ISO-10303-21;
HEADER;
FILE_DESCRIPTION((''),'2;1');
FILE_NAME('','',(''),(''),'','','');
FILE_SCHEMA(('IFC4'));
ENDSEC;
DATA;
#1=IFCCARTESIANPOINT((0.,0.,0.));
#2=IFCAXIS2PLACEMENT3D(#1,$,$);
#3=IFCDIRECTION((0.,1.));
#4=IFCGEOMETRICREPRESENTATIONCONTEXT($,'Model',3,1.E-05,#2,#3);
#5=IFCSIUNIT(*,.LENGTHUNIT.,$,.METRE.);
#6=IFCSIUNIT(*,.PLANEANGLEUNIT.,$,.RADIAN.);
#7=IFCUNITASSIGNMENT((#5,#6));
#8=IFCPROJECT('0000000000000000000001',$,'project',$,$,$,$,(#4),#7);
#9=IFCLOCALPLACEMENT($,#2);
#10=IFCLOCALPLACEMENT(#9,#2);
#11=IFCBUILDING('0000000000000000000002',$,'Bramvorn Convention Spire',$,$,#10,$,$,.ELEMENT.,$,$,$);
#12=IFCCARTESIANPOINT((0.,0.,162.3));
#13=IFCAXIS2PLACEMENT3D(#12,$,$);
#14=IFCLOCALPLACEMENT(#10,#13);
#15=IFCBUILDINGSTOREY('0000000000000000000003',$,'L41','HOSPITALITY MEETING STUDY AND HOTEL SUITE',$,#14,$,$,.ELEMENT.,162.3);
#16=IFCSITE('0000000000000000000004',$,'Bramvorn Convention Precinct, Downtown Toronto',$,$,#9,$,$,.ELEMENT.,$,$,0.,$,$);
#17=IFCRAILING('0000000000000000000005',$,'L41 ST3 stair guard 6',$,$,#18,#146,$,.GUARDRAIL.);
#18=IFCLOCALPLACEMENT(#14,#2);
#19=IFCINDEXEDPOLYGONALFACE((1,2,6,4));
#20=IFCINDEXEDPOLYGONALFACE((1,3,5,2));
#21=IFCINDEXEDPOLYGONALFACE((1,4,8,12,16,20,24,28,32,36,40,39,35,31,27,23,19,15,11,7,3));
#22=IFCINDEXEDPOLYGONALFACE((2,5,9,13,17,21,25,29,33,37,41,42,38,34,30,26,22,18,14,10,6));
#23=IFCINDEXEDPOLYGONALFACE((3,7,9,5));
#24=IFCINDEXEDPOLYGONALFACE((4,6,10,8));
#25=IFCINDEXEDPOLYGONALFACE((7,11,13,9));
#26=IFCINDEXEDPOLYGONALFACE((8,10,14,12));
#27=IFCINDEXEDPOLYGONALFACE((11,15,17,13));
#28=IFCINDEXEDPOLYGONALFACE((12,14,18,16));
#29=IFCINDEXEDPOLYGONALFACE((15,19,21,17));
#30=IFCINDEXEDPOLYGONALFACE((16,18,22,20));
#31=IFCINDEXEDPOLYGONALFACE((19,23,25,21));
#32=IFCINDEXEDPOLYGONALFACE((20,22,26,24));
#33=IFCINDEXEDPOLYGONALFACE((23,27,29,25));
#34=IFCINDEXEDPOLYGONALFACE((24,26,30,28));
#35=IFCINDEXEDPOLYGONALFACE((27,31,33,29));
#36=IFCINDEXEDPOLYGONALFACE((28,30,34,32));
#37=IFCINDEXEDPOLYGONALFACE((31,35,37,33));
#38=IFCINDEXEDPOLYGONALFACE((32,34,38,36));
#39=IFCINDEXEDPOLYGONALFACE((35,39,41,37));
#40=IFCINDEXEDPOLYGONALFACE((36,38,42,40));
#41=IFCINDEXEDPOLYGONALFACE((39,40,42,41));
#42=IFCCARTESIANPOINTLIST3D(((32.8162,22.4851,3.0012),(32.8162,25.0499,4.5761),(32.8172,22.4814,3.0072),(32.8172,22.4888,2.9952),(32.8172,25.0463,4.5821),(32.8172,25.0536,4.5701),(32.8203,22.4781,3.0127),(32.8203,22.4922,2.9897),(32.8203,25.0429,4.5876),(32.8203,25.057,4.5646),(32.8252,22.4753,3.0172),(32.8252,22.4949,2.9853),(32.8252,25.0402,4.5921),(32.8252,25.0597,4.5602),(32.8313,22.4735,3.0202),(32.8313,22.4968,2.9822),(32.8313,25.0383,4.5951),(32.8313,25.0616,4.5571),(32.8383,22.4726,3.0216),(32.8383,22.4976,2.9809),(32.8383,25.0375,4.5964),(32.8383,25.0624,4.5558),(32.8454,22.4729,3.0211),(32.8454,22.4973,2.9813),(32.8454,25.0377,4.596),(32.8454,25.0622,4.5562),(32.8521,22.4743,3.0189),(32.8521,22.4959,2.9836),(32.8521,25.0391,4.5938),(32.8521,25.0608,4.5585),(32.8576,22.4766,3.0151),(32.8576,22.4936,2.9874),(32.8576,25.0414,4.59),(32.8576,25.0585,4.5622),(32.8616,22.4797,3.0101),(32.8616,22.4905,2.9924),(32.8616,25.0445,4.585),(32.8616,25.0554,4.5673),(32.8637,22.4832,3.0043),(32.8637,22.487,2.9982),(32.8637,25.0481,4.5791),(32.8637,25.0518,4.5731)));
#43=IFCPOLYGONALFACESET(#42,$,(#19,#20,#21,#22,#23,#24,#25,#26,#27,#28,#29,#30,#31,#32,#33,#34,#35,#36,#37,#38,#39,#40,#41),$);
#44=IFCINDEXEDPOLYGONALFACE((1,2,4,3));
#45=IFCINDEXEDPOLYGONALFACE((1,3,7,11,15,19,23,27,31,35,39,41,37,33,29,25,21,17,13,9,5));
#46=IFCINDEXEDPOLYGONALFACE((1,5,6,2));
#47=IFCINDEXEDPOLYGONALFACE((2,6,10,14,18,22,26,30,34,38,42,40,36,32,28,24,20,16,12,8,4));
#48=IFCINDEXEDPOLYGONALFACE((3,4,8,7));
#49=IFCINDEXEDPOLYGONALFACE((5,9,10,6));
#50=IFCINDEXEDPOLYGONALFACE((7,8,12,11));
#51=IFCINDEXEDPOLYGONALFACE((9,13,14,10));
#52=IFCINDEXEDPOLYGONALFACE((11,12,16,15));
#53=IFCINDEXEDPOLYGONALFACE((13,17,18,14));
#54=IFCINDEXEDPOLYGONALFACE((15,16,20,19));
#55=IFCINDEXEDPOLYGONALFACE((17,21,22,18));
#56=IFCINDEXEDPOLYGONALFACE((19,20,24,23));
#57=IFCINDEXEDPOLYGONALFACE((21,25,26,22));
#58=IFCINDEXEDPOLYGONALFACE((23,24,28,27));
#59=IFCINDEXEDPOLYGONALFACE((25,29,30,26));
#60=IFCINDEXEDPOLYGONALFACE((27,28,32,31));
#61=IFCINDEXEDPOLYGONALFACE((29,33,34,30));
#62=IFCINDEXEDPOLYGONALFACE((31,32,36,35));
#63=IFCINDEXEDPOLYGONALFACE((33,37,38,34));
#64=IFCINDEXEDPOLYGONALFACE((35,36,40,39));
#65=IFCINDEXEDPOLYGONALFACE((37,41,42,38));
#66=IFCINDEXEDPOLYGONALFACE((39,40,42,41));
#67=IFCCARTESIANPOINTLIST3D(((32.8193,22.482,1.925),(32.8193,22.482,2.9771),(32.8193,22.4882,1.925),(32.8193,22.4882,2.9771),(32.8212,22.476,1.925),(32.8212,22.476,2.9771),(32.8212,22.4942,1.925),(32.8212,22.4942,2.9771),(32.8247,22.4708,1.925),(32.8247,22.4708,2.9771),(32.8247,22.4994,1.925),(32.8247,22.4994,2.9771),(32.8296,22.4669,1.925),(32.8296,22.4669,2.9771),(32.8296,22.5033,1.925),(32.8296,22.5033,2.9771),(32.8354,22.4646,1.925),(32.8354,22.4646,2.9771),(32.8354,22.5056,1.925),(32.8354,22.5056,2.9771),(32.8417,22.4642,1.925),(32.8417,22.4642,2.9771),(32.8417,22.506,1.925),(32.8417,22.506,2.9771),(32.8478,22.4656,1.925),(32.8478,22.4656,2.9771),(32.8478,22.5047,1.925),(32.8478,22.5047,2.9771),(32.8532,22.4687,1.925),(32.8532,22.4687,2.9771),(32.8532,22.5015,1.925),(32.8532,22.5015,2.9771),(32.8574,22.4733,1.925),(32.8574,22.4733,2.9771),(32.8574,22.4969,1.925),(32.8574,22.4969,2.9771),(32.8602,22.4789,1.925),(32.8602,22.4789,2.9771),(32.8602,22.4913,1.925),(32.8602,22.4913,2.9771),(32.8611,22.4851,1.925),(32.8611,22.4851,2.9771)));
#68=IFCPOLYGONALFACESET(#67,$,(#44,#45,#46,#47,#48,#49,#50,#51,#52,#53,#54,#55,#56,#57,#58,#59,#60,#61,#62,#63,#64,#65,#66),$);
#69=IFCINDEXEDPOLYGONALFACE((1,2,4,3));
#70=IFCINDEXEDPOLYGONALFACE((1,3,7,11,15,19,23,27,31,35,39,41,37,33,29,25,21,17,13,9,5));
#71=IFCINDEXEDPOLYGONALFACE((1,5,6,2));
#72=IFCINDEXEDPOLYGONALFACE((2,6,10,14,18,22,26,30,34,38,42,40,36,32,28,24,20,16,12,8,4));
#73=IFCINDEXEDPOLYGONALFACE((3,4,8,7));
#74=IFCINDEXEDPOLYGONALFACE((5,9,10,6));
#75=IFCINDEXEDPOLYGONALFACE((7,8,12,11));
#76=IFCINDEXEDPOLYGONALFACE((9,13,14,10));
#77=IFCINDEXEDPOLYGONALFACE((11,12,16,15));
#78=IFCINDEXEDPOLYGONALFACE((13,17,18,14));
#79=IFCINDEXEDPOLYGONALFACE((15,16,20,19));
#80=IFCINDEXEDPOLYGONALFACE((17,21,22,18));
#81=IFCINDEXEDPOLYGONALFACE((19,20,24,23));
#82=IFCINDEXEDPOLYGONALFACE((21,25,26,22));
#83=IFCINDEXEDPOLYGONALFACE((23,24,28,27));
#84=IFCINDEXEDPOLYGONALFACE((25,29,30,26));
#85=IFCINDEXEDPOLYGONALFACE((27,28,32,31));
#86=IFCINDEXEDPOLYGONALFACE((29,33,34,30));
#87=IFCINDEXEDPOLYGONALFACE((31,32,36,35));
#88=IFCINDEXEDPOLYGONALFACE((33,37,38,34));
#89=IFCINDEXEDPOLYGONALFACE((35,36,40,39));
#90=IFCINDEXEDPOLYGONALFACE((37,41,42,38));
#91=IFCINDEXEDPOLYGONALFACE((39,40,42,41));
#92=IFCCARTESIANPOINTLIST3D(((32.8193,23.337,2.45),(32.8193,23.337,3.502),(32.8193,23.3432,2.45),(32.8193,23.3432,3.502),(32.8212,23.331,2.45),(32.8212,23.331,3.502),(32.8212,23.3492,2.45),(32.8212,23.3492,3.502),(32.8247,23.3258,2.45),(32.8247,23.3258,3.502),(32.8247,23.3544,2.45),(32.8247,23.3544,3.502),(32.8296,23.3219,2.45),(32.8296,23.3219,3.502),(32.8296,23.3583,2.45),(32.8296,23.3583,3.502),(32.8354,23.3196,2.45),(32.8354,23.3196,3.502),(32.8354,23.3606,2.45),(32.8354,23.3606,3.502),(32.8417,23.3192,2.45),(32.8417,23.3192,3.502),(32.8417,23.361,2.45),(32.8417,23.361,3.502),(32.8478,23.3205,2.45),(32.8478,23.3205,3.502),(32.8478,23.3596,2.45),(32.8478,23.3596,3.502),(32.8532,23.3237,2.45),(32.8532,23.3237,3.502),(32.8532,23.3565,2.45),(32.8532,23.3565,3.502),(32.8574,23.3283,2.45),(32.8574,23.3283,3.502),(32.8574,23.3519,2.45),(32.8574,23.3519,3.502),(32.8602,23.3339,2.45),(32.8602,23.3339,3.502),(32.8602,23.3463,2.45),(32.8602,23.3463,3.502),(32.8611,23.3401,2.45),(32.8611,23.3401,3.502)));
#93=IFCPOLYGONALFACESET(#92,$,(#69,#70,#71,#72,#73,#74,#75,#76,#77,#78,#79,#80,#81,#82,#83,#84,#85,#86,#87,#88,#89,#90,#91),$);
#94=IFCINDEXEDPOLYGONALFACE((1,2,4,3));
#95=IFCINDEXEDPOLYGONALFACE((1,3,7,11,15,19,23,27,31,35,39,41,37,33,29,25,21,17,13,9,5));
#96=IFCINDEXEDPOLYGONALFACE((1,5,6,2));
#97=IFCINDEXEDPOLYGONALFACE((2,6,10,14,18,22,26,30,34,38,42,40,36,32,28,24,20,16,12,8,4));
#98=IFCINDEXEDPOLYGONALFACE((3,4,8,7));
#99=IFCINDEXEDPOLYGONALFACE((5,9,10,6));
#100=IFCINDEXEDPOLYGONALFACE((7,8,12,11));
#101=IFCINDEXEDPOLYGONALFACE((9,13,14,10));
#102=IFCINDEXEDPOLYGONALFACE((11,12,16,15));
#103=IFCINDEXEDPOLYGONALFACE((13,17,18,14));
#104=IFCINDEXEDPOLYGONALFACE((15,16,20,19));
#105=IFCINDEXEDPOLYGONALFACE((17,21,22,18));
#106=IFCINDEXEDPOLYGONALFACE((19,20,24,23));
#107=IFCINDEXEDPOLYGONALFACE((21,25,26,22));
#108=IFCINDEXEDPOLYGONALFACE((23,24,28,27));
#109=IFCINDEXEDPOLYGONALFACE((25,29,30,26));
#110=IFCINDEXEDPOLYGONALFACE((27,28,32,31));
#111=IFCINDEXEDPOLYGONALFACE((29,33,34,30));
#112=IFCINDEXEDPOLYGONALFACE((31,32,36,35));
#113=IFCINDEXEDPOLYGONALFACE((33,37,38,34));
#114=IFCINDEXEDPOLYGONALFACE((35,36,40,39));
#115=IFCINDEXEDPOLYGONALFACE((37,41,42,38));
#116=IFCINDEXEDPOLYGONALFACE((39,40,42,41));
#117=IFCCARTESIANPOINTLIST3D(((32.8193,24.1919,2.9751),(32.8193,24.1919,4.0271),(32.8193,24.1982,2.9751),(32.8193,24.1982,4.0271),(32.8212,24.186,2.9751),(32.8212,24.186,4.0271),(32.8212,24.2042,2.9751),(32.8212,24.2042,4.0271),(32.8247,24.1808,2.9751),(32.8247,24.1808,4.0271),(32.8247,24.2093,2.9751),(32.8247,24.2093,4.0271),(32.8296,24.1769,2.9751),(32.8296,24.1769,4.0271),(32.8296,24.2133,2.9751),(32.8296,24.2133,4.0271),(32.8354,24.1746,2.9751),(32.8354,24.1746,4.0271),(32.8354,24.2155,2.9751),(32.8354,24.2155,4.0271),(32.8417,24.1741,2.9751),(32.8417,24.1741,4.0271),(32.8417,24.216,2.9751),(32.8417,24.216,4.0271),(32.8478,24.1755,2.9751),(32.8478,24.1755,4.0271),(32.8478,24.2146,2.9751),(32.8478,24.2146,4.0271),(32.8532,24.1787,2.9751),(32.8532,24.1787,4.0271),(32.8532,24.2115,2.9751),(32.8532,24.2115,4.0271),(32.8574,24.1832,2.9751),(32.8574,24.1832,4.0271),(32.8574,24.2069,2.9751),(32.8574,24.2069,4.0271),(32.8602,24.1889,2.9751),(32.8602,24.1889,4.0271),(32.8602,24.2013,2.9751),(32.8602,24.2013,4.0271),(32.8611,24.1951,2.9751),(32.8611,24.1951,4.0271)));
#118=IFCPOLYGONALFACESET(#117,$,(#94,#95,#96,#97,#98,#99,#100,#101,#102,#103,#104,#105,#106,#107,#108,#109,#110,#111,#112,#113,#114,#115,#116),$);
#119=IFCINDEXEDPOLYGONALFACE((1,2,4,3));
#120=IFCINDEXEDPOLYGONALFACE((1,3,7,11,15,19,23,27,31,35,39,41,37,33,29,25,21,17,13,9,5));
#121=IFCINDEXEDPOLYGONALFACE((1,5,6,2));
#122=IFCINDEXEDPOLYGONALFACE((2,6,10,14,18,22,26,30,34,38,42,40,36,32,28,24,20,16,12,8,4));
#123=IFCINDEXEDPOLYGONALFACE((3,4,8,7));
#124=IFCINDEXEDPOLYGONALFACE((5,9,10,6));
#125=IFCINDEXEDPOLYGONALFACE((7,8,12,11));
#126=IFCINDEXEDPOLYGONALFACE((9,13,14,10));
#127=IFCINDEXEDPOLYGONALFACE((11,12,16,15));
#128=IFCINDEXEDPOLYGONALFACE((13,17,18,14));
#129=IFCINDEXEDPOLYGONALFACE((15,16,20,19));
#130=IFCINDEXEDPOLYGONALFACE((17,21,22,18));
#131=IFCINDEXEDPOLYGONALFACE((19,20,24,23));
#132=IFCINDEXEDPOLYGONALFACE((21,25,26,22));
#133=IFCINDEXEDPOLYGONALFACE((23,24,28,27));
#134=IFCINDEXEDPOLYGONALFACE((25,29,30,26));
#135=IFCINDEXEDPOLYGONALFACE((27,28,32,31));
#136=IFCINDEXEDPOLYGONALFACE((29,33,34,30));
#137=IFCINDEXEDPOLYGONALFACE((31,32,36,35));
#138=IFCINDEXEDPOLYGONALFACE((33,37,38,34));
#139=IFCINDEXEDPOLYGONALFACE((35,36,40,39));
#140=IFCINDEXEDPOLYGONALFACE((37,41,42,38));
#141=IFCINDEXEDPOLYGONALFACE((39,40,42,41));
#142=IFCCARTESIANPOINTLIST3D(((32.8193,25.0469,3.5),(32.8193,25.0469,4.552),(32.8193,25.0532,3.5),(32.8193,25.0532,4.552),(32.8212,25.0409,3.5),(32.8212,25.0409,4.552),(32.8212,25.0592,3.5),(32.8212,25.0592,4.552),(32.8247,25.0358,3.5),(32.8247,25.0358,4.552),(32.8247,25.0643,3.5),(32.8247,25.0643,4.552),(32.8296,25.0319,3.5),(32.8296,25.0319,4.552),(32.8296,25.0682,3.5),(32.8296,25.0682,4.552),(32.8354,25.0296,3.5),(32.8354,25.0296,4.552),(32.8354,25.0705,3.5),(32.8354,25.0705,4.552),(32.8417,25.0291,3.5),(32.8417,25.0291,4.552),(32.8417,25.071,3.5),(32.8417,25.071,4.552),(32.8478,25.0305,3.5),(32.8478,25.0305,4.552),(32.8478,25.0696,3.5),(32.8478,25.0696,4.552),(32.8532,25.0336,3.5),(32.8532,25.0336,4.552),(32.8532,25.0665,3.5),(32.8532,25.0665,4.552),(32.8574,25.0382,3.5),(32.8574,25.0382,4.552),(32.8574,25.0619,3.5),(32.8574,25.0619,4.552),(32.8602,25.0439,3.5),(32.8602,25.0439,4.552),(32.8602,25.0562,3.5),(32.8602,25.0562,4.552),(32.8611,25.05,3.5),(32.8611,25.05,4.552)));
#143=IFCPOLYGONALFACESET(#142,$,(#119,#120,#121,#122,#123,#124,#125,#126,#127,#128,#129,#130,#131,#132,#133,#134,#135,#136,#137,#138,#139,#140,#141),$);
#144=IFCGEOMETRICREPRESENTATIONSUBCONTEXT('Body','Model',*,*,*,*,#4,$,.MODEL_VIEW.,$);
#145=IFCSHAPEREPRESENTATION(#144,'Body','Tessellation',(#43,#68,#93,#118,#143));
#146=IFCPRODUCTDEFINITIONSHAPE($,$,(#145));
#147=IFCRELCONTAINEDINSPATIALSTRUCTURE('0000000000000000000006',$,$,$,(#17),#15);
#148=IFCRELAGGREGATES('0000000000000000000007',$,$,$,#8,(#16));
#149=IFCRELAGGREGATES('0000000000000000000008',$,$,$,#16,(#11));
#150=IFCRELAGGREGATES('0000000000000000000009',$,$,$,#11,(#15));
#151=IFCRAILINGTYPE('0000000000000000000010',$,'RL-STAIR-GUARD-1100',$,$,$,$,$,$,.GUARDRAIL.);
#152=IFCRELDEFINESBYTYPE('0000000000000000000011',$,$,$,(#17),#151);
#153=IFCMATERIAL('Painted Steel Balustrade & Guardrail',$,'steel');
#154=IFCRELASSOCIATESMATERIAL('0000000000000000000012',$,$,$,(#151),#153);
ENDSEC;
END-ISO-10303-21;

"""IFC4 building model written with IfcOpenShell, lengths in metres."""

from ifc_helpers import new_model, si_unit, direction, frame, origin, origin_2d, place, context, subcontext, project, spatial, circle, extrude, material, type_object, element, save


model = new_model("IFC4")

# Units and contexts
model_context = context("Model", 3, precision=1e-05, world=origin(), true_north=direction((0.0, 1.0)))
body_context = subcontext(model_context, "Body", "Model", "MODEL_VIEW")
ifc_project = project(units=[si_unit("LENGTHUNIT", "METRE"), si_unit("PLANEANGLEUNIT", "RADIAN")], contexts=[model_context])

# Site, building, storey
site_placement = place(None, origin())
site = spatial("IfcSite", under=ifc_project, at=site_placement, Name="Bramvorn Convention Precinct, Downtown Toronto", CompositionType="ELEMENT", RefElevation=0.0)
building_placement = place(site_placement, origin())
building = spatial("IfcBuilding", under=site, at=building_placement, Name="Bramvorn Convention Spire", CompositionType="ELEMENT")
storey_placement = place(building_placement, frame((0.0, 0.0, 162.3)))
storey = spatial("IfcBuildingStorey", under=building, at=storey_placement, Name="L41", Description="HOSPITALITY MEETING STUDY AND HOTEL SUITE", CompositionType="ELEMENT", Elevation=162.3)

# Railing
ifc_material_1 = material(Name="Painted Steel Balustrade & Guardrail", Category="steel")
railing_type_1 = type_object("IfcRailingType", Name="RL-STAIR-GUARD-1100", PredefinedType="GUARDRAIL", material=ifc_material_1)
railing_1_placement = place(storey_placement, frame((32.8401, 22.4851, 1.925)))
element("IfcRailing", 1, at=railing_1_placement, inside=storey, type_object=railing_type_1, Name="L41 ST3 stair guard 6", PredefinedType="GUARDRAIL", context=body_context, shape_type="SweptSolid", body=[
    extrude(circle(Radius=0.0239, at=origin_2d()), frame((0.0, 0.0, 1.0762), z_axis=(0.0, 0.852173, 0.52326), x_axis=(-1.0, 0.0, 0.0)), (0.0, 0.0, 1.0), 3.0098),
    extrude(circle(Radius=0.021, at=origin_2d()), origin(), (0.0, 0.0, 1.0), 1.052),
    extrude(circle(Radius=0.021, at=origin_2d()), frame((0.0, 0.855, 0.5249)), (0.0, 0.0, 1.0), 1.052),
    extrude(circle(Radius=0.021, at=origin_2d()), frame((0.0, 1.71, 1.05)), (0.0, 0.0, 1.0), 1.052),
    extrude(circle(Radius=0.021, at=origin_2d()), frame((0.0, 2.5649, 1.575)), (0.0, 0.0, 1.0), 1.052),
])

save(model, "model.ifc")
